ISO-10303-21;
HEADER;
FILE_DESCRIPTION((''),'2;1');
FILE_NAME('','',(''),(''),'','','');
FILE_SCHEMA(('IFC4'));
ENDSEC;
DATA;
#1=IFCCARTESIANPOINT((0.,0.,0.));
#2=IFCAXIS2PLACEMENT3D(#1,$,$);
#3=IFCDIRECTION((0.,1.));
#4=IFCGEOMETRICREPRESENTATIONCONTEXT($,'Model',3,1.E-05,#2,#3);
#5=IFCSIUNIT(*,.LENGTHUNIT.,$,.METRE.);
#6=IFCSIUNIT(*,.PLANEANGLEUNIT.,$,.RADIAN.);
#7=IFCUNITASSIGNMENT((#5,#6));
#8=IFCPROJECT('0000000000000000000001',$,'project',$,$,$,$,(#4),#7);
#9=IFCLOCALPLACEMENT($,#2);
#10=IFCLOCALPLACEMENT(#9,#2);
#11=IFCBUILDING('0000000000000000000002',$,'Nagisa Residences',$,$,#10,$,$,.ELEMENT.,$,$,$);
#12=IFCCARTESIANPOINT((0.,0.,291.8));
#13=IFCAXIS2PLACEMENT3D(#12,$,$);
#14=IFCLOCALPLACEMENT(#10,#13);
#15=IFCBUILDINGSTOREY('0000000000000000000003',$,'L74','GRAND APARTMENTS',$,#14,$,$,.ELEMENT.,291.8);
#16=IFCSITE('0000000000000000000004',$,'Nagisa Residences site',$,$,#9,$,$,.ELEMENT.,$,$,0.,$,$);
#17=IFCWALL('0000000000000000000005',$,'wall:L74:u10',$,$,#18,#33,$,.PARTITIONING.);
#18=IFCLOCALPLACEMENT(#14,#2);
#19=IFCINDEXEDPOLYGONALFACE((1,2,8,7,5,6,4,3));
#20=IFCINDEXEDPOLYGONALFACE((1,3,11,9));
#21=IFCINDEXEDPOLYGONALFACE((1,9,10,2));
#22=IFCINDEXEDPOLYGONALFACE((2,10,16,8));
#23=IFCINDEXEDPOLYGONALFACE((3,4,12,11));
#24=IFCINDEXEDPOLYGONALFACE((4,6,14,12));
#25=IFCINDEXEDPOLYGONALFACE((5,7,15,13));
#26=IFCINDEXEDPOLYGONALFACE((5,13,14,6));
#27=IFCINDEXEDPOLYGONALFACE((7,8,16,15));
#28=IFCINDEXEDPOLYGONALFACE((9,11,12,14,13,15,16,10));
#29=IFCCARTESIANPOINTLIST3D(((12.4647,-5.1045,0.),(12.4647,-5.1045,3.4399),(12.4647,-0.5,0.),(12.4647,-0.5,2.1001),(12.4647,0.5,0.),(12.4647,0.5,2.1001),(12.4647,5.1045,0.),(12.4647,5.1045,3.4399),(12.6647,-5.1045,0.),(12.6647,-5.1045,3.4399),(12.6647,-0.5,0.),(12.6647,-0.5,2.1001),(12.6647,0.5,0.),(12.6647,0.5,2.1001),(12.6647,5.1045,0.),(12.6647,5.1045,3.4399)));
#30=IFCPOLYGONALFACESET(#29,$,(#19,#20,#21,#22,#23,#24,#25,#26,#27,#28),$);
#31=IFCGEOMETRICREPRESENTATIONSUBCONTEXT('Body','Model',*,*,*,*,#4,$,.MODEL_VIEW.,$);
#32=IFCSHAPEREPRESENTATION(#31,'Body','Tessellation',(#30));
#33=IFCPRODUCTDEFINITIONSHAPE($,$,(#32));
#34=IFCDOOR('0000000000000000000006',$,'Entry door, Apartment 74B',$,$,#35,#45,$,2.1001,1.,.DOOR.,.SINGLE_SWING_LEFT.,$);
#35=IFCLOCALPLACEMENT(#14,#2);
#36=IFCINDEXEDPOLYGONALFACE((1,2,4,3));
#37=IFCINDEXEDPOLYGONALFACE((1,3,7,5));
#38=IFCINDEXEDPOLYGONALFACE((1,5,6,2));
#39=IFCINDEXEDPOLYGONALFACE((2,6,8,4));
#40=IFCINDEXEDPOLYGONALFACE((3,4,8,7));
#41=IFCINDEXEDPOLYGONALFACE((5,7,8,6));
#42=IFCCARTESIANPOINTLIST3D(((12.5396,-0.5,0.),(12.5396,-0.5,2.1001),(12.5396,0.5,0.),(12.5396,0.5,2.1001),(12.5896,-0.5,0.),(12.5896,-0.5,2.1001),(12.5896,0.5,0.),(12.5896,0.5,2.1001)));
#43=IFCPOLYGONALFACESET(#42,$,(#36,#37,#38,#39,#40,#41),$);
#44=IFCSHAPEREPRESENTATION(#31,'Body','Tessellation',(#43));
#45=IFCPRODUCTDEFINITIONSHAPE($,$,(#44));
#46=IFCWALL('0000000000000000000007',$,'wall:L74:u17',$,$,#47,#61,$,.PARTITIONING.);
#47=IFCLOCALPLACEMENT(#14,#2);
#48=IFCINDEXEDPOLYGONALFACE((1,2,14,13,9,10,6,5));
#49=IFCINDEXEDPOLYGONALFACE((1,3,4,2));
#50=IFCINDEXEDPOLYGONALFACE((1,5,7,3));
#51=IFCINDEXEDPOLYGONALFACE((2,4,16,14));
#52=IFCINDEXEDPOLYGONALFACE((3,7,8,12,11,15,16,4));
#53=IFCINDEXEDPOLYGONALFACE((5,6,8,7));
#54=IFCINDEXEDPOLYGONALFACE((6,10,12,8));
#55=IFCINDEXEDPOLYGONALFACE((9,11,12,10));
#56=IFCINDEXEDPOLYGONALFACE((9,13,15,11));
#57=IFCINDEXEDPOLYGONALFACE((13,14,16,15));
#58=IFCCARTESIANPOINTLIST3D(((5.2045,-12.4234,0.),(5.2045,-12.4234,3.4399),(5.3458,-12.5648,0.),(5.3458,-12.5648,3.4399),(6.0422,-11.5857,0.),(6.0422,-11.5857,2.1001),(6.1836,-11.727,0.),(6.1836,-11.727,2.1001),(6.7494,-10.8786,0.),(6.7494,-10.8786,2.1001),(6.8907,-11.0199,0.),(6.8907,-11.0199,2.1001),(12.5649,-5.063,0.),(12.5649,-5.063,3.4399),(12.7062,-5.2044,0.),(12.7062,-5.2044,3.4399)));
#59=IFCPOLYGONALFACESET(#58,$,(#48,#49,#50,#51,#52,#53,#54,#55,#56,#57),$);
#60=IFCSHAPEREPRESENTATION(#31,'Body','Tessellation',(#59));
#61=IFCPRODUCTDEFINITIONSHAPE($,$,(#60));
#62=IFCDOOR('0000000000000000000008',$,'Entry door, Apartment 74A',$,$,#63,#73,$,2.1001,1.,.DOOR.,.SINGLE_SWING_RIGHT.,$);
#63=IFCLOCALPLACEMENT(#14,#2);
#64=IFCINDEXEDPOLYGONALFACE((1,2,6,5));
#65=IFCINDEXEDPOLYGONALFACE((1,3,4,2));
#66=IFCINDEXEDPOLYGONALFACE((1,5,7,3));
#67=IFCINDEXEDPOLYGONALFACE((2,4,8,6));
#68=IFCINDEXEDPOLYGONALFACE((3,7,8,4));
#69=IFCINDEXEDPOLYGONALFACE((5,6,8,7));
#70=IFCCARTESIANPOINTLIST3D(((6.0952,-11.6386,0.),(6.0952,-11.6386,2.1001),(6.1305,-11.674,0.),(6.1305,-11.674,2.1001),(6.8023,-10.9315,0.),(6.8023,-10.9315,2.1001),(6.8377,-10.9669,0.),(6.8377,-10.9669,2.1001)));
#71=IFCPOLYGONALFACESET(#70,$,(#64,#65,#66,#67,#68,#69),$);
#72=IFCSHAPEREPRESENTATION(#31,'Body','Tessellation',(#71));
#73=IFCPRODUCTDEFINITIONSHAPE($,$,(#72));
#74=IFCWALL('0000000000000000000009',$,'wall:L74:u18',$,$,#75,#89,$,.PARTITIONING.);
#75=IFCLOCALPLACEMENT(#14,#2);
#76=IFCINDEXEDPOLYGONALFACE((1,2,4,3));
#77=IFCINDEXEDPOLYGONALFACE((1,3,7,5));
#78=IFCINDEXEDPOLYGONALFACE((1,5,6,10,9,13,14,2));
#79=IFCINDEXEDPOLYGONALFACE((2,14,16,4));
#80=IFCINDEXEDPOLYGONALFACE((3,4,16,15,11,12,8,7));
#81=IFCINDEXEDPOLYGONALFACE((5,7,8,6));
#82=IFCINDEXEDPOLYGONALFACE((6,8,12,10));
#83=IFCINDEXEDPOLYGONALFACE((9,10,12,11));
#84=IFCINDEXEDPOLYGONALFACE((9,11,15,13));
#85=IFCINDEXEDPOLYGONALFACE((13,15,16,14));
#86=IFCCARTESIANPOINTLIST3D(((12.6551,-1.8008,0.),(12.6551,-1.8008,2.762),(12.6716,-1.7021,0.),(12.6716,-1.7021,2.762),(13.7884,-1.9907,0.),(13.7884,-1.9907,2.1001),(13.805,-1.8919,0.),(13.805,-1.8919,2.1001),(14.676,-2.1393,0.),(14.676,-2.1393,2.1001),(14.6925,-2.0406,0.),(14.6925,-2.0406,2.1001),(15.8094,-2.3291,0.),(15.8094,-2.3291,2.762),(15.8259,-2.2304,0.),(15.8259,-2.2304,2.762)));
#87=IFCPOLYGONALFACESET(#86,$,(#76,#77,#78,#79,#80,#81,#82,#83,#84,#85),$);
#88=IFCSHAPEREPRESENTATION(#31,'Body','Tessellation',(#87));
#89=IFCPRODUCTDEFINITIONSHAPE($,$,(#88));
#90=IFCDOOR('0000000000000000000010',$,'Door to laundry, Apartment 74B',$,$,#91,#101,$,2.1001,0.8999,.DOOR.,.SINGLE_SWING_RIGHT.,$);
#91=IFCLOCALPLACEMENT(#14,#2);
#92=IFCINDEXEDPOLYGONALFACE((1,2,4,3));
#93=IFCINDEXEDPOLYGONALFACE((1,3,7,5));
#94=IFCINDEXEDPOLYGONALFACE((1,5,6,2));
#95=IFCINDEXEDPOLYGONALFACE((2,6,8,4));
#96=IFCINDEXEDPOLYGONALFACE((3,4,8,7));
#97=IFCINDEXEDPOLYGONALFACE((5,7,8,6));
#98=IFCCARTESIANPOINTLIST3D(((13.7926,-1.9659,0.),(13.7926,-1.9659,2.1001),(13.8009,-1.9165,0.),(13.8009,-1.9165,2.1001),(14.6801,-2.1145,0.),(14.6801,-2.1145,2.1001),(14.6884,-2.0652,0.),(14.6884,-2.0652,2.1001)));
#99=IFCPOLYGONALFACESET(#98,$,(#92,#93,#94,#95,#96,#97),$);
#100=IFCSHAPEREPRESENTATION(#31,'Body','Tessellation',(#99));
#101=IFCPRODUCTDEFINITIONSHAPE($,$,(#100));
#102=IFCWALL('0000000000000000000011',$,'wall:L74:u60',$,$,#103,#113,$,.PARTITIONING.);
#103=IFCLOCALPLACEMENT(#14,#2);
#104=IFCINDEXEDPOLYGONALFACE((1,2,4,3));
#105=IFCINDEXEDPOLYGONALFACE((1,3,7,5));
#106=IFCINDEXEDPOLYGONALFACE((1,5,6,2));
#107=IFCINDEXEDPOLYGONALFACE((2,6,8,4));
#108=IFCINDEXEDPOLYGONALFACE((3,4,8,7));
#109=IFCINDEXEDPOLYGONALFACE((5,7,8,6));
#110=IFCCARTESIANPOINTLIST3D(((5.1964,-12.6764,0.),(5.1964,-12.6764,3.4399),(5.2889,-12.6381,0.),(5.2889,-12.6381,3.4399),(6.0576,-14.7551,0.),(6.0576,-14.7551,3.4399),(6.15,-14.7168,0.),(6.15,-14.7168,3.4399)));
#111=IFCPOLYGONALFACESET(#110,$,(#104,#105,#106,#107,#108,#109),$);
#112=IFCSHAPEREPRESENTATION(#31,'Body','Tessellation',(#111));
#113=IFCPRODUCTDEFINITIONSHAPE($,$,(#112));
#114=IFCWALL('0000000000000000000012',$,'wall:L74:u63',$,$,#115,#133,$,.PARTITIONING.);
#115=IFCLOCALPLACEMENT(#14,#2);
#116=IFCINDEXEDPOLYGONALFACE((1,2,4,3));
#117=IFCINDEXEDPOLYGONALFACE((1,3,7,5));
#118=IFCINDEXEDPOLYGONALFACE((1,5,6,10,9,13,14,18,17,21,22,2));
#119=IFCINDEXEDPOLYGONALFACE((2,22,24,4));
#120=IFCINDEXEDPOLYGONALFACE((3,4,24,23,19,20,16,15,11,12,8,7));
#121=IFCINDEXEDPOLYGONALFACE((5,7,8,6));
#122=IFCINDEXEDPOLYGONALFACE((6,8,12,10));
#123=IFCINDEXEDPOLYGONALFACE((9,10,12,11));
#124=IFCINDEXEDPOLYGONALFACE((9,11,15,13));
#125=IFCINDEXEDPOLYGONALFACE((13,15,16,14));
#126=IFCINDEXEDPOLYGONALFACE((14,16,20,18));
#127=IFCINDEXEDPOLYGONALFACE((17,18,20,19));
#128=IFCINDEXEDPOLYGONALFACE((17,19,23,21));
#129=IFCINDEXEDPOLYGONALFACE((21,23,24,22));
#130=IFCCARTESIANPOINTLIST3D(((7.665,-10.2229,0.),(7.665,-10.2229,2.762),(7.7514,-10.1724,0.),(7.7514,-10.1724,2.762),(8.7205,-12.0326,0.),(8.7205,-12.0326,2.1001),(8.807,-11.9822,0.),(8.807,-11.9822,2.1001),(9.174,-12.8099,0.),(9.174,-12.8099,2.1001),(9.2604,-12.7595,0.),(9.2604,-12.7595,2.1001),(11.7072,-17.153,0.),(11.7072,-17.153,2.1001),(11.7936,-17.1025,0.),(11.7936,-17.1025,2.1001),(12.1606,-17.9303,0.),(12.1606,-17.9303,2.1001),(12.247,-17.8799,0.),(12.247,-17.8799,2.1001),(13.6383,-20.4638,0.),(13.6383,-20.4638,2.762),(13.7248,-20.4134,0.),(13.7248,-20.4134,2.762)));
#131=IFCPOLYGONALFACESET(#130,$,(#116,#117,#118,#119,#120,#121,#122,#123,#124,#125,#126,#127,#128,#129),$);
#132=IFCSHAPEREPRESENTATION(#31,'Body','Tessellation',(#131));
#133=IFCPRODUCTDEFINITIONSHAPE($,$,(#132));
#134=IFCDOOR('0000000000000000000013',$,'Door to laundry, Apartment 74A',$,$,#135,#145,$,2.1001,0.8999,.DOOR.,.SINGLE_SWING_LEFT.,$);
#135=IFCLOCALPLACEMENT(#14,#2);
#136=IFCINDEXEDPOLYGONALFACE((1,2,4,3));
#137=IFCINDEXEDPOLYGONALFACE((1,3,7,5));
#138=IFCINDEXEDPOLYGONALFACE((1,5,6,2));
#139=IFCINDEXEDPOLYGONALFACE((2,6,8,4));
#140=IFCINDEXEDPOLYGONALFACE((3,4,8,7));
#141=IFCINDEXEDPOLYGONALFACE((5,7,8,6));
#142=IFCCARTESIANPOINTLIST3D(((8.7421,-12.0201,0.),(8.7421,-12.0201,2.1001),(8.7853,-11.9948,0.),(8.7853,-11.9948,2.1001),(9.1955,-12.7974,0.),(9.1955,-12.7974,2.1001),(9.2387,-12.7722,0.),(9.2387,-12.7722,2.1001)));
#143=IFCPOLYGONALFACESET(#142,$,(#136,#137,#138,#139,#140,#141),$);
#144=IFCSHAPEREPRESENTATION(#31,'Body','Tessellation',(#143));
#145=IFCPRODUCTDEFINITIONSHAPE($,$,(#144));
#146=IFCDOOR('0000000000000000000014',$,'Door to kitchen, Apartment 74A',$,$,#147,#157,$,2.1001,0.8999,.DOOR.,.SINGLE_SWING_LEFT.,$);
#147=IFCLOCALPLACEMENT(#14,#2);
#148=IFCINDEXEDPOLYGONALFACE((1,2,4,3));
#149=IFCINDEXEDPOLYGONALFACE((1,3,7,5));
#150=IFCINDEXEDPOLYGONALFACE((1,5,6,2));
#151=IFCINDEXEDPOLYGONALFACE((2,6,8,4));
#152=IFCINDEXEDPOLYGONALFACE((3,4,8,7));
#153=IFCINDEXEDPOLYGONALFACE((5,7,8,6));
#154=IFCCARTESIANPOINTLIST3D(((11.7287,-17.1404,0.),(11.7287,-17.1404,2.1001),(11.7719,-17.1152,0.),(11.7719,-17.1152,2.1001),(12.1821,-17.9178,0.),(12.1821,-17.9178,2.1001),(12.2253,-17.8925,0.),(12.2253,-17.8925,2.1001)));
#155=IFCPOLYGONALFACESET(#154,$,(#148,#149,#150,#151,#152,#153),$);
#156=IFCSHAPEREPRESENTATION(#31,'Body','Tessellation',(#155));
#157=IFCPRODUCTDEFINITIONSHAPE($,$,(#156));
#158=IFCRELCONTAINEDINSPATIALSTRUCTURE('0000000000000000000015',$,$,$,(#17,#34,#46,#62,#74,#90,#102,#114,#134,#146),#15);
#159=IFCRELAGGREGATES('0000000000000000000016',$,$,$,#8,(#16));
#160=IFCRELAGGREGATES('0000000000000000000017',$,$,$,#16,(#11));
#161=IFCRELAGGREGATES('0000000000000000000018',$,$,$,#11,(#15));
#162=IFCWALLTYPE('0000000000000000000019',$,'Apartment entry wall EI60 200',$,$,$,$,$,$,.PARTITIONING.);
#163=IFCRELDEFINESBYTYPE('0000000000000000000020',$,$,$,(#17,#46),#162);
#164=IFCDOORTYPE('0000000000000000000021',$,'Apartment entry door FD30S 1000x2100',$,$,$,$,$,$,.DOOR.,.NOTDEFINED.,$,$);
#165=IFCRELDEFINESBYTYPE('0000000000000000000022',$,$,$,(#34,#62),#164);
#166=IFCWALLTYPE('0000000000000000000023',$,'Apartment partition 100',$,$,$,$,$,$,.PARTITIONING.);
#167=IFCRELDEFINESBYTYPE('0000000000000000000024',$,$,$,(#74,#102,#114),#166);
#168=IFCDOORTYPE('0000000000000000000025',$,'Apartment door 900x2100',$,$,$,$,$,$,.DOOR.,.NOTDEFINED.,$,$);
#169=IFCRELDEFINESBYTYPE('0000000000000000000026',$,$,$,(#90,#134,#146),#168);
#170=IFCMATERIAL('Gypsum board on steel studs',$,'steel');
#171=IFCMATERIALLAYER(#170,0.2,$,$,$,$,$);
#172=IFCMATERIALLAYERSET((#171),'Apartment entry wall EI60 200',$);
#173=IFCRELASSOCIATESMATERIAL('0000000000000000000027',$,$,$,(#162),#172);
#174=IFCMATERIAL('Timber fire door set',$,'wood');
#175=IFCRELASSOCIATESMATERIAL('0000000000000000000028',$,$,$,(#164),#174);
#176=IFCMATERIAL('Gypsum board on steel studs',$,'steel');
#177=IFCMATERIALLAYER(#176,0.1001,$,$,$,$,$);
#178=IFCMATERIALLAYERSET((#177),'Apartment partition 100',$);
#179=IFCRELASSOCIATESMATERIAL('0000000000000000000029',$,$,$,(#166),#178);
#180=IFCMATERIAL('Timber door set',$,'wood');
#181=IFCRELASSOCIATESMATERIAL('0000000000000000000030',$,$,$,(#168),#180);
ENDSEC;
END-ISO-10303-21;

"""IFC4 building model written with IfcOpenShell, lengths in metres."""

from ifc_helpers import new_model, si_unit, direction, frame, frame_2d, origin, place, context, subcontext, project, spatial, rectangle, extrude, material, layer, layer_set, type_object, element, fill, save


model = new_model("IFC4")

# Units and contexts
model_context = context("Model", 3, precision=1e-05, world=origin(), true_north=direction((0.0, 1.0)))
body_context = subcontext(model_context, "Body", "Model", "MODEL_VIEW")
ifc_project = project(units=[si_unit("LENGTHUNIT", "METRE"), si_unit("PLANEANGLEUNIT", "RADIAN")], contexts=[model_context])

# Site, building, storey
site_placement = place(None, origin())
site = spatial("IfcSite", under=ifc_project, at=site_placement, Name="Nagisa Residences site", CompositionType="ELEMENT", RefElevation=0.0)
building_placement = place(site_placement, origin())
building = spatial("IfcBuilding", under=site, at=building_placement, Name="Nagisa Residences", CompositionType="ELEMENT")
storey_placement = place(building_placement, frame((0.0, 0.0, 291.8)))
storey = spatial("IfcBuildingStorey", under=building, at=storey_placement, Name="L74", Description="GRAND APARTMENTS", CompositionType="ELEMENT", Elevation=291.8)

# Walls, openings, doors
ifc_material_1 = material(Name="Gypsum board on steel studs", Category="steel")
ifc_layer_1 = layer(ifc_material_1, 0.2)
ifc_layer_set_1 = layer_set([ifc_layer_1], Name="Apartment entry wall EI60 200")
wall_type_1 = type_object("IfcWallType", Name="Apartment entry wall EI60 200", PredefinedType="PARTITIONING", material=ifc_layer_set_1)
wall_1_placement = place(storey_placement, frame((12.5647, -5.1045, 0.0), z_axis=(0.0, 0.0, 1.0), x_axis=(0.0, 1.0, 0.0)))
wall_1 = element("IfcWall", 1, at=wall_1_placement, inside=storey, type_object=wall_type_1, Name="wall:L74:u10", PredefinedType="PARTITIONING", context=body_context, shape_type="SweptSolid", body=[
    extrude(rectangle(XDim=10.209, YDim=0.2, at=frame_2d((5.1045, 0.0))), origin(), (0.0, 0.0, 1.0), 3.4399),
])
opening_1_placement = place(wall_1_placement, frame((4.6045, 0.0, 0.0)))
opening_1 = element("IfcOpeningElement", 2, at=opening_1_placement, cuts=wall_1, PredefinedType="OPENING", context=body_context, shape_type="SweptSolid", body=[
    extrude(rectangle(XDim=1.0, YDim=2.1001, at=frame_2d((0.5, 1.05))), frame((0.0, 0.1099, 0.0), z_axis=(0.0, -1.0, 0.0), x_axis=(1.0, 0.0, 0.0)), (0.0, 0.0, 1.0), 0.22),
])
ifc_material_2 = material(Name="Timber fire door set", Category="wood")
door_type_1 = type_object("IfcDoorType", Name="Apartment entry door FD30S 1000x2100", OperationType="NOTDEFINED", PredefinedType="DOOR", material=ifc_material_2)
door_1_placement = place(opening_1_placement, frame((1.0, 0.0, 0.0), x_axis=(-1.0, 0.0, 0.0)))
door_1 = element("IfcDoor", 3, at=door_1_placement, inside=storey, type_object=door_type_1, Name="Entry door, Apartment 74B", OperationType="SINGLE_SWING_LEFT", OverallHeight=2.1001, OverallWidth=1.0, PredefinedType="DOOR", context=body_context, shape_type="SweptSolid", body=[
    extrude(rectangle(XDim=1.0, YDim=2.1001, at=frame_2d((0.5, 1.05))), frame((0.0, 0.0249, 0.0), z_axis=(0.0, -1.0, 0.0), x_axis=(1.0, 0.0, 0.0)), (0.0, 0.0, 1.0), 0.05),
])
fill(opening_1, door_1)
wall_2_placement = place(storey_placement, frame((5.2751, -12.4941, 0.0), z_axis=(0.0, 0.0, 1.0), x_axis=(0.707107, 0.707107, 0.0)))
wall_2 = element("IfcWall", 4, at=wall_2_placement, inside=storey, type_object=wall_type_1, Name="wall:L74:u17", PredefinedType="PARTITIONING", context=body_context, shape_type="SweptSolid", body=[
    extrude(rectangle(XDim=10.4092, YDim=0.2, at=frame_2d((5.2046, 0.0))), origin(), (0.0, 0.0, 1.0), 3.4399),
])
opening_2_placement = place(wall_2_placement, frame((1.1848, 0.0, 0.0)))
opening_2 = element("IfcOpeningElement", 5, at=opening_2_placement, cuts=wall_2, PredefinedType="OPENING", context=body_context, shape_type="SweptSolid", body=[
    extrude(rectangle(XDim=1.0, YDim=2.1001, at=frame_2d((0.5, 1.05))), frame((0.0, 0.1099, 0.0), z_axis=(0.0, -1.0, 0.0), x_axis=(1.0, 0.0, 0.0)), (0.0, 0.0, 1.0), 0.22),
])
door_2_placement = place(opening_2_placement, frame((1.0, 0.0, 0.0), x_axis=(-1.0, 0.0, 0.0)))
door_2 = element("IfcDoor", 6, at=door_2_placement, inside=storey, type_object=door_type_1, Name="Entry door, Apartment 74A", OperationType="SINGLE_SWING_RIGHT", OverallHeight=2.1001, OverallWidth=1.0, PredefinedType="DOOR", context=body_context, shape_type="SweptSolid", body=[
    extrude(rectangle(XDim=1.0, YDim=2.1001, at=frame_2d((0.5, 1.05))), frame((0.0, 0.0249, 0.0), z_axis=(0.0, -1.0, 0.0), x_axis=(1.0, 0.0, 0.0)), (0.0, 0.0, 1.0), 0.05),
])
fill(opening_2, door_2)
ifc_material_3 = material(Name="Gypsum board on steel studs", Category="steel")
ifc_layer_2 = layer(ifc_material_3, 0.1001)
ifc_layer_set_2 = layer_set([ifc_layer_2], Name="Apartment partition 100")
wall_type_2 = type_object("IfcWallType", Name="Apartment partition 100", PredefinedType="PARTITIONING", material=ifc_layer_set_2)
wall_3_placement = place(storey_placement, frame((12.6633, -1.7515, 0.0), z_axis=(0.0, 0.0, 1.0), x_axis=(0.986262, -0.165191, 0.0)))
wall_3 = element("IfcWall", 7, at=wall_3_placement, inside=storey, type_object=wall_type_2, Name="wall:L74:u18", PredefinedType="PARTITIONING", context=body_context, shape_type="SweptSolid", body=[
    extrude(rectangle(XDim=3.1982, YDim=0.1001, at=frame_2d((1.5991, 0.0))), origin(), (0.0, 0.0, 1.0), 2.762),
])
opening_3_placement = place(wall_3_placement, frame((1.1492, 0.0, 0.0)))
opening_3 = element("IfcOpeningElement", 8, at=opening_3_placement, cuts=wall_3, PredefinedType="OPENING", context=body_context, shape_type="SweptSolid", body=[
    extrude(rectangle(XDim=0.8999, YDim=2.1001, at=frame_2d((0.45, 1.05))), frame((0.0, 0.0601, 0.0), z_axis=(0.0, -1.0, 0.0), x_axis=(1.0, 0.0, 0.0)), (0.0, 0.0, 1.0), 0.1201),
])
ifc_material_4 = material(Name="Timber door set", Category="wood")
door_type_2 = type_object("IfcDoorType", Name="Apartment door 900x2100", OperationType="NOTDEFINED", PredefinedType="DOOR", material=ifc_material_4)
door_3_placement = place(opening_3_placement, frame((0.8999, 0.0, 0.0), x_axis=(-1.0, 0.0, 0.0)))
door_3 = element("IfcDoor", 9, at=door_3_placement, inside=storey, type_object=door_type_2, Name="Door to laundry, Apartment 74B", OperationType="SINGLE_SWING_RIGHT", OverallHeight=2.1001, OverallWidth=0.8999, PredefinedType="DOOR", context=body_context, shape_type="SweptSolid", body=[
    extrude(rectangle(XDim=0.8999, YDim=2.1001, at=frame_2d((0.45, 1.05))), frame((0.0, 0.0249, 0.0), z_axis=(0.0, -1.0, 0.0), x_axis=(1.0, 0.0, 0.0)), (0.0, 0.0, 1.0), 0.05),
])
fill(opening_3, door_3)

# Wall
wall_4_placement = place(storey_placement, frame((5.2427, -12.6572, 0.0), z_axis=(0.0, 0.0, 1.0), x_axis=(0.382719, -0.923865, 0.0)))
element("IfcWall", 10, at=wall_4_placement, inside=storey, type_object=wall_type_2, Name="wall:L74:u60", PredefinedType="PARTITIONING", context=body_context, shape_type="SweptSolid", body=[
    extrude(rectangle(XDim=2.25, YDim=0.1001, at=frame_2d((1.125, 0.0))), origin(), (0.0, 0.0, 1.0), 3.4399),
])

# Wall, openings, doors
wall_5_placement = place(storey_placement, frame((7.7083, -10.1978, 0.0), z_axis=(0.0, 0.0, 1.0), x_axis=(0.503839, -0.863798, 0.0)))
wall_5 = element("IfcWall", 11, at=wall_5_placement, inside=storey, type_object=wall_type_2, Name="wall:L74:u63", PredefinedType="PARTITIONING", context=body_context, shape_type="SweptSolid", body=[
    extrude(rectangle(XDim=11.8557, YDim=0.1001, at=frame_2d((5.9277, 0.0))), origin(), (0.0, 0.0, 1.0), 2.762),
])
opening_4_placement = place(wall_5_placement, frame((2.095, 0.0, 0.0)))
opening_4 = element("IfcOpeningElement", 12, at=opening_4_placement, cuts=wall_5, PredefinedType="OPENING", context=body_context, shape_type="SweptSolid", body=[
    extrude(rectangle(XDim=0.8999, YDim=2.1001, at=frame_2d((0.45, 1.05))), frame((0.0, 0.0601, 0.0), z_axis=(0.0, -1.0, 0.0), x_axis=(1.0, 0.0, 0.0)), (0.0, 0.0, 1.0), 0.1201),
])
opening_5_placement = place(wall_5_placement, frame((8.0227, 0.0, 0.0)))
opening_5 = element("IfcOpeningElement", 13, at=opening_5_placement, cuts=wall_5, PredefinedType="OPENING", context=body_context, shape_type="SweptSolid", body=[
    extrude(rectangle(XDim=0.8999, YDim=2.1001, at=frame_2d((0.45, 1.05))), frame((0.0, 0.0601, 0.0), z_axis=(0.0, -1.0, 0.0), x_axis=(1.0, 0.0, 0.0)), (0.0, 0.0, 1.0), 0.1201),
])
door_4_placement = place(opening_4_placement, origin())
door_4 = element("IfcDoor", 14, at=door_4_placement, inside=storey, type_object=door_type_2, Name="Door to laundry, Apartment 74A", OperationType="SINGLE_SWING_LEFT", OverallHeight=2.1001, OverallWidth=0.8999, PredefinedType="DOOR", context=body_context, shape_type="SweptSolid", body=[
    extrude(rectangle(XDim=0.8999, YDim=2.1001, at=frame_2d((0.45, 1.05))), frame((0.0, 0.0249, 0.0), z_axis=(0.0, -1.0, 0.0), x_axis=(1.0, 0.0, 0.0)), (0.0, 0.0, 1.0), 0.05),
])
fill(opening_4, door_4)
door_5_placement = place(opening_5_placement, origin())
door_5 = element("IfcDoor", 15, at=door_5_placement, inside=storey, type_object=door_type_2, Name="Door to kitchen, Apartment 74A", OperationType="SINGLE_SWING_LEFT", OverallHeight=2.1001, OverallWidth=0.8999, PredefinedType="DOOR", context=body_context, shape_type="SweptSolid", body=[
    extrude(rectangle(XDim=0.8999, YDim=2.1001, at=frame_2d((0.45, 1.05))), frame((0.0, 0.0249, 0.0), z_axis=(0.0, -1.0, 0.0), x_axis=(1.0, 0.0, 0.0)), (0.0, 0.0, 1.0), 0.05),
])
fill(opening_5, door_5)

save(model, "model.ifc")
